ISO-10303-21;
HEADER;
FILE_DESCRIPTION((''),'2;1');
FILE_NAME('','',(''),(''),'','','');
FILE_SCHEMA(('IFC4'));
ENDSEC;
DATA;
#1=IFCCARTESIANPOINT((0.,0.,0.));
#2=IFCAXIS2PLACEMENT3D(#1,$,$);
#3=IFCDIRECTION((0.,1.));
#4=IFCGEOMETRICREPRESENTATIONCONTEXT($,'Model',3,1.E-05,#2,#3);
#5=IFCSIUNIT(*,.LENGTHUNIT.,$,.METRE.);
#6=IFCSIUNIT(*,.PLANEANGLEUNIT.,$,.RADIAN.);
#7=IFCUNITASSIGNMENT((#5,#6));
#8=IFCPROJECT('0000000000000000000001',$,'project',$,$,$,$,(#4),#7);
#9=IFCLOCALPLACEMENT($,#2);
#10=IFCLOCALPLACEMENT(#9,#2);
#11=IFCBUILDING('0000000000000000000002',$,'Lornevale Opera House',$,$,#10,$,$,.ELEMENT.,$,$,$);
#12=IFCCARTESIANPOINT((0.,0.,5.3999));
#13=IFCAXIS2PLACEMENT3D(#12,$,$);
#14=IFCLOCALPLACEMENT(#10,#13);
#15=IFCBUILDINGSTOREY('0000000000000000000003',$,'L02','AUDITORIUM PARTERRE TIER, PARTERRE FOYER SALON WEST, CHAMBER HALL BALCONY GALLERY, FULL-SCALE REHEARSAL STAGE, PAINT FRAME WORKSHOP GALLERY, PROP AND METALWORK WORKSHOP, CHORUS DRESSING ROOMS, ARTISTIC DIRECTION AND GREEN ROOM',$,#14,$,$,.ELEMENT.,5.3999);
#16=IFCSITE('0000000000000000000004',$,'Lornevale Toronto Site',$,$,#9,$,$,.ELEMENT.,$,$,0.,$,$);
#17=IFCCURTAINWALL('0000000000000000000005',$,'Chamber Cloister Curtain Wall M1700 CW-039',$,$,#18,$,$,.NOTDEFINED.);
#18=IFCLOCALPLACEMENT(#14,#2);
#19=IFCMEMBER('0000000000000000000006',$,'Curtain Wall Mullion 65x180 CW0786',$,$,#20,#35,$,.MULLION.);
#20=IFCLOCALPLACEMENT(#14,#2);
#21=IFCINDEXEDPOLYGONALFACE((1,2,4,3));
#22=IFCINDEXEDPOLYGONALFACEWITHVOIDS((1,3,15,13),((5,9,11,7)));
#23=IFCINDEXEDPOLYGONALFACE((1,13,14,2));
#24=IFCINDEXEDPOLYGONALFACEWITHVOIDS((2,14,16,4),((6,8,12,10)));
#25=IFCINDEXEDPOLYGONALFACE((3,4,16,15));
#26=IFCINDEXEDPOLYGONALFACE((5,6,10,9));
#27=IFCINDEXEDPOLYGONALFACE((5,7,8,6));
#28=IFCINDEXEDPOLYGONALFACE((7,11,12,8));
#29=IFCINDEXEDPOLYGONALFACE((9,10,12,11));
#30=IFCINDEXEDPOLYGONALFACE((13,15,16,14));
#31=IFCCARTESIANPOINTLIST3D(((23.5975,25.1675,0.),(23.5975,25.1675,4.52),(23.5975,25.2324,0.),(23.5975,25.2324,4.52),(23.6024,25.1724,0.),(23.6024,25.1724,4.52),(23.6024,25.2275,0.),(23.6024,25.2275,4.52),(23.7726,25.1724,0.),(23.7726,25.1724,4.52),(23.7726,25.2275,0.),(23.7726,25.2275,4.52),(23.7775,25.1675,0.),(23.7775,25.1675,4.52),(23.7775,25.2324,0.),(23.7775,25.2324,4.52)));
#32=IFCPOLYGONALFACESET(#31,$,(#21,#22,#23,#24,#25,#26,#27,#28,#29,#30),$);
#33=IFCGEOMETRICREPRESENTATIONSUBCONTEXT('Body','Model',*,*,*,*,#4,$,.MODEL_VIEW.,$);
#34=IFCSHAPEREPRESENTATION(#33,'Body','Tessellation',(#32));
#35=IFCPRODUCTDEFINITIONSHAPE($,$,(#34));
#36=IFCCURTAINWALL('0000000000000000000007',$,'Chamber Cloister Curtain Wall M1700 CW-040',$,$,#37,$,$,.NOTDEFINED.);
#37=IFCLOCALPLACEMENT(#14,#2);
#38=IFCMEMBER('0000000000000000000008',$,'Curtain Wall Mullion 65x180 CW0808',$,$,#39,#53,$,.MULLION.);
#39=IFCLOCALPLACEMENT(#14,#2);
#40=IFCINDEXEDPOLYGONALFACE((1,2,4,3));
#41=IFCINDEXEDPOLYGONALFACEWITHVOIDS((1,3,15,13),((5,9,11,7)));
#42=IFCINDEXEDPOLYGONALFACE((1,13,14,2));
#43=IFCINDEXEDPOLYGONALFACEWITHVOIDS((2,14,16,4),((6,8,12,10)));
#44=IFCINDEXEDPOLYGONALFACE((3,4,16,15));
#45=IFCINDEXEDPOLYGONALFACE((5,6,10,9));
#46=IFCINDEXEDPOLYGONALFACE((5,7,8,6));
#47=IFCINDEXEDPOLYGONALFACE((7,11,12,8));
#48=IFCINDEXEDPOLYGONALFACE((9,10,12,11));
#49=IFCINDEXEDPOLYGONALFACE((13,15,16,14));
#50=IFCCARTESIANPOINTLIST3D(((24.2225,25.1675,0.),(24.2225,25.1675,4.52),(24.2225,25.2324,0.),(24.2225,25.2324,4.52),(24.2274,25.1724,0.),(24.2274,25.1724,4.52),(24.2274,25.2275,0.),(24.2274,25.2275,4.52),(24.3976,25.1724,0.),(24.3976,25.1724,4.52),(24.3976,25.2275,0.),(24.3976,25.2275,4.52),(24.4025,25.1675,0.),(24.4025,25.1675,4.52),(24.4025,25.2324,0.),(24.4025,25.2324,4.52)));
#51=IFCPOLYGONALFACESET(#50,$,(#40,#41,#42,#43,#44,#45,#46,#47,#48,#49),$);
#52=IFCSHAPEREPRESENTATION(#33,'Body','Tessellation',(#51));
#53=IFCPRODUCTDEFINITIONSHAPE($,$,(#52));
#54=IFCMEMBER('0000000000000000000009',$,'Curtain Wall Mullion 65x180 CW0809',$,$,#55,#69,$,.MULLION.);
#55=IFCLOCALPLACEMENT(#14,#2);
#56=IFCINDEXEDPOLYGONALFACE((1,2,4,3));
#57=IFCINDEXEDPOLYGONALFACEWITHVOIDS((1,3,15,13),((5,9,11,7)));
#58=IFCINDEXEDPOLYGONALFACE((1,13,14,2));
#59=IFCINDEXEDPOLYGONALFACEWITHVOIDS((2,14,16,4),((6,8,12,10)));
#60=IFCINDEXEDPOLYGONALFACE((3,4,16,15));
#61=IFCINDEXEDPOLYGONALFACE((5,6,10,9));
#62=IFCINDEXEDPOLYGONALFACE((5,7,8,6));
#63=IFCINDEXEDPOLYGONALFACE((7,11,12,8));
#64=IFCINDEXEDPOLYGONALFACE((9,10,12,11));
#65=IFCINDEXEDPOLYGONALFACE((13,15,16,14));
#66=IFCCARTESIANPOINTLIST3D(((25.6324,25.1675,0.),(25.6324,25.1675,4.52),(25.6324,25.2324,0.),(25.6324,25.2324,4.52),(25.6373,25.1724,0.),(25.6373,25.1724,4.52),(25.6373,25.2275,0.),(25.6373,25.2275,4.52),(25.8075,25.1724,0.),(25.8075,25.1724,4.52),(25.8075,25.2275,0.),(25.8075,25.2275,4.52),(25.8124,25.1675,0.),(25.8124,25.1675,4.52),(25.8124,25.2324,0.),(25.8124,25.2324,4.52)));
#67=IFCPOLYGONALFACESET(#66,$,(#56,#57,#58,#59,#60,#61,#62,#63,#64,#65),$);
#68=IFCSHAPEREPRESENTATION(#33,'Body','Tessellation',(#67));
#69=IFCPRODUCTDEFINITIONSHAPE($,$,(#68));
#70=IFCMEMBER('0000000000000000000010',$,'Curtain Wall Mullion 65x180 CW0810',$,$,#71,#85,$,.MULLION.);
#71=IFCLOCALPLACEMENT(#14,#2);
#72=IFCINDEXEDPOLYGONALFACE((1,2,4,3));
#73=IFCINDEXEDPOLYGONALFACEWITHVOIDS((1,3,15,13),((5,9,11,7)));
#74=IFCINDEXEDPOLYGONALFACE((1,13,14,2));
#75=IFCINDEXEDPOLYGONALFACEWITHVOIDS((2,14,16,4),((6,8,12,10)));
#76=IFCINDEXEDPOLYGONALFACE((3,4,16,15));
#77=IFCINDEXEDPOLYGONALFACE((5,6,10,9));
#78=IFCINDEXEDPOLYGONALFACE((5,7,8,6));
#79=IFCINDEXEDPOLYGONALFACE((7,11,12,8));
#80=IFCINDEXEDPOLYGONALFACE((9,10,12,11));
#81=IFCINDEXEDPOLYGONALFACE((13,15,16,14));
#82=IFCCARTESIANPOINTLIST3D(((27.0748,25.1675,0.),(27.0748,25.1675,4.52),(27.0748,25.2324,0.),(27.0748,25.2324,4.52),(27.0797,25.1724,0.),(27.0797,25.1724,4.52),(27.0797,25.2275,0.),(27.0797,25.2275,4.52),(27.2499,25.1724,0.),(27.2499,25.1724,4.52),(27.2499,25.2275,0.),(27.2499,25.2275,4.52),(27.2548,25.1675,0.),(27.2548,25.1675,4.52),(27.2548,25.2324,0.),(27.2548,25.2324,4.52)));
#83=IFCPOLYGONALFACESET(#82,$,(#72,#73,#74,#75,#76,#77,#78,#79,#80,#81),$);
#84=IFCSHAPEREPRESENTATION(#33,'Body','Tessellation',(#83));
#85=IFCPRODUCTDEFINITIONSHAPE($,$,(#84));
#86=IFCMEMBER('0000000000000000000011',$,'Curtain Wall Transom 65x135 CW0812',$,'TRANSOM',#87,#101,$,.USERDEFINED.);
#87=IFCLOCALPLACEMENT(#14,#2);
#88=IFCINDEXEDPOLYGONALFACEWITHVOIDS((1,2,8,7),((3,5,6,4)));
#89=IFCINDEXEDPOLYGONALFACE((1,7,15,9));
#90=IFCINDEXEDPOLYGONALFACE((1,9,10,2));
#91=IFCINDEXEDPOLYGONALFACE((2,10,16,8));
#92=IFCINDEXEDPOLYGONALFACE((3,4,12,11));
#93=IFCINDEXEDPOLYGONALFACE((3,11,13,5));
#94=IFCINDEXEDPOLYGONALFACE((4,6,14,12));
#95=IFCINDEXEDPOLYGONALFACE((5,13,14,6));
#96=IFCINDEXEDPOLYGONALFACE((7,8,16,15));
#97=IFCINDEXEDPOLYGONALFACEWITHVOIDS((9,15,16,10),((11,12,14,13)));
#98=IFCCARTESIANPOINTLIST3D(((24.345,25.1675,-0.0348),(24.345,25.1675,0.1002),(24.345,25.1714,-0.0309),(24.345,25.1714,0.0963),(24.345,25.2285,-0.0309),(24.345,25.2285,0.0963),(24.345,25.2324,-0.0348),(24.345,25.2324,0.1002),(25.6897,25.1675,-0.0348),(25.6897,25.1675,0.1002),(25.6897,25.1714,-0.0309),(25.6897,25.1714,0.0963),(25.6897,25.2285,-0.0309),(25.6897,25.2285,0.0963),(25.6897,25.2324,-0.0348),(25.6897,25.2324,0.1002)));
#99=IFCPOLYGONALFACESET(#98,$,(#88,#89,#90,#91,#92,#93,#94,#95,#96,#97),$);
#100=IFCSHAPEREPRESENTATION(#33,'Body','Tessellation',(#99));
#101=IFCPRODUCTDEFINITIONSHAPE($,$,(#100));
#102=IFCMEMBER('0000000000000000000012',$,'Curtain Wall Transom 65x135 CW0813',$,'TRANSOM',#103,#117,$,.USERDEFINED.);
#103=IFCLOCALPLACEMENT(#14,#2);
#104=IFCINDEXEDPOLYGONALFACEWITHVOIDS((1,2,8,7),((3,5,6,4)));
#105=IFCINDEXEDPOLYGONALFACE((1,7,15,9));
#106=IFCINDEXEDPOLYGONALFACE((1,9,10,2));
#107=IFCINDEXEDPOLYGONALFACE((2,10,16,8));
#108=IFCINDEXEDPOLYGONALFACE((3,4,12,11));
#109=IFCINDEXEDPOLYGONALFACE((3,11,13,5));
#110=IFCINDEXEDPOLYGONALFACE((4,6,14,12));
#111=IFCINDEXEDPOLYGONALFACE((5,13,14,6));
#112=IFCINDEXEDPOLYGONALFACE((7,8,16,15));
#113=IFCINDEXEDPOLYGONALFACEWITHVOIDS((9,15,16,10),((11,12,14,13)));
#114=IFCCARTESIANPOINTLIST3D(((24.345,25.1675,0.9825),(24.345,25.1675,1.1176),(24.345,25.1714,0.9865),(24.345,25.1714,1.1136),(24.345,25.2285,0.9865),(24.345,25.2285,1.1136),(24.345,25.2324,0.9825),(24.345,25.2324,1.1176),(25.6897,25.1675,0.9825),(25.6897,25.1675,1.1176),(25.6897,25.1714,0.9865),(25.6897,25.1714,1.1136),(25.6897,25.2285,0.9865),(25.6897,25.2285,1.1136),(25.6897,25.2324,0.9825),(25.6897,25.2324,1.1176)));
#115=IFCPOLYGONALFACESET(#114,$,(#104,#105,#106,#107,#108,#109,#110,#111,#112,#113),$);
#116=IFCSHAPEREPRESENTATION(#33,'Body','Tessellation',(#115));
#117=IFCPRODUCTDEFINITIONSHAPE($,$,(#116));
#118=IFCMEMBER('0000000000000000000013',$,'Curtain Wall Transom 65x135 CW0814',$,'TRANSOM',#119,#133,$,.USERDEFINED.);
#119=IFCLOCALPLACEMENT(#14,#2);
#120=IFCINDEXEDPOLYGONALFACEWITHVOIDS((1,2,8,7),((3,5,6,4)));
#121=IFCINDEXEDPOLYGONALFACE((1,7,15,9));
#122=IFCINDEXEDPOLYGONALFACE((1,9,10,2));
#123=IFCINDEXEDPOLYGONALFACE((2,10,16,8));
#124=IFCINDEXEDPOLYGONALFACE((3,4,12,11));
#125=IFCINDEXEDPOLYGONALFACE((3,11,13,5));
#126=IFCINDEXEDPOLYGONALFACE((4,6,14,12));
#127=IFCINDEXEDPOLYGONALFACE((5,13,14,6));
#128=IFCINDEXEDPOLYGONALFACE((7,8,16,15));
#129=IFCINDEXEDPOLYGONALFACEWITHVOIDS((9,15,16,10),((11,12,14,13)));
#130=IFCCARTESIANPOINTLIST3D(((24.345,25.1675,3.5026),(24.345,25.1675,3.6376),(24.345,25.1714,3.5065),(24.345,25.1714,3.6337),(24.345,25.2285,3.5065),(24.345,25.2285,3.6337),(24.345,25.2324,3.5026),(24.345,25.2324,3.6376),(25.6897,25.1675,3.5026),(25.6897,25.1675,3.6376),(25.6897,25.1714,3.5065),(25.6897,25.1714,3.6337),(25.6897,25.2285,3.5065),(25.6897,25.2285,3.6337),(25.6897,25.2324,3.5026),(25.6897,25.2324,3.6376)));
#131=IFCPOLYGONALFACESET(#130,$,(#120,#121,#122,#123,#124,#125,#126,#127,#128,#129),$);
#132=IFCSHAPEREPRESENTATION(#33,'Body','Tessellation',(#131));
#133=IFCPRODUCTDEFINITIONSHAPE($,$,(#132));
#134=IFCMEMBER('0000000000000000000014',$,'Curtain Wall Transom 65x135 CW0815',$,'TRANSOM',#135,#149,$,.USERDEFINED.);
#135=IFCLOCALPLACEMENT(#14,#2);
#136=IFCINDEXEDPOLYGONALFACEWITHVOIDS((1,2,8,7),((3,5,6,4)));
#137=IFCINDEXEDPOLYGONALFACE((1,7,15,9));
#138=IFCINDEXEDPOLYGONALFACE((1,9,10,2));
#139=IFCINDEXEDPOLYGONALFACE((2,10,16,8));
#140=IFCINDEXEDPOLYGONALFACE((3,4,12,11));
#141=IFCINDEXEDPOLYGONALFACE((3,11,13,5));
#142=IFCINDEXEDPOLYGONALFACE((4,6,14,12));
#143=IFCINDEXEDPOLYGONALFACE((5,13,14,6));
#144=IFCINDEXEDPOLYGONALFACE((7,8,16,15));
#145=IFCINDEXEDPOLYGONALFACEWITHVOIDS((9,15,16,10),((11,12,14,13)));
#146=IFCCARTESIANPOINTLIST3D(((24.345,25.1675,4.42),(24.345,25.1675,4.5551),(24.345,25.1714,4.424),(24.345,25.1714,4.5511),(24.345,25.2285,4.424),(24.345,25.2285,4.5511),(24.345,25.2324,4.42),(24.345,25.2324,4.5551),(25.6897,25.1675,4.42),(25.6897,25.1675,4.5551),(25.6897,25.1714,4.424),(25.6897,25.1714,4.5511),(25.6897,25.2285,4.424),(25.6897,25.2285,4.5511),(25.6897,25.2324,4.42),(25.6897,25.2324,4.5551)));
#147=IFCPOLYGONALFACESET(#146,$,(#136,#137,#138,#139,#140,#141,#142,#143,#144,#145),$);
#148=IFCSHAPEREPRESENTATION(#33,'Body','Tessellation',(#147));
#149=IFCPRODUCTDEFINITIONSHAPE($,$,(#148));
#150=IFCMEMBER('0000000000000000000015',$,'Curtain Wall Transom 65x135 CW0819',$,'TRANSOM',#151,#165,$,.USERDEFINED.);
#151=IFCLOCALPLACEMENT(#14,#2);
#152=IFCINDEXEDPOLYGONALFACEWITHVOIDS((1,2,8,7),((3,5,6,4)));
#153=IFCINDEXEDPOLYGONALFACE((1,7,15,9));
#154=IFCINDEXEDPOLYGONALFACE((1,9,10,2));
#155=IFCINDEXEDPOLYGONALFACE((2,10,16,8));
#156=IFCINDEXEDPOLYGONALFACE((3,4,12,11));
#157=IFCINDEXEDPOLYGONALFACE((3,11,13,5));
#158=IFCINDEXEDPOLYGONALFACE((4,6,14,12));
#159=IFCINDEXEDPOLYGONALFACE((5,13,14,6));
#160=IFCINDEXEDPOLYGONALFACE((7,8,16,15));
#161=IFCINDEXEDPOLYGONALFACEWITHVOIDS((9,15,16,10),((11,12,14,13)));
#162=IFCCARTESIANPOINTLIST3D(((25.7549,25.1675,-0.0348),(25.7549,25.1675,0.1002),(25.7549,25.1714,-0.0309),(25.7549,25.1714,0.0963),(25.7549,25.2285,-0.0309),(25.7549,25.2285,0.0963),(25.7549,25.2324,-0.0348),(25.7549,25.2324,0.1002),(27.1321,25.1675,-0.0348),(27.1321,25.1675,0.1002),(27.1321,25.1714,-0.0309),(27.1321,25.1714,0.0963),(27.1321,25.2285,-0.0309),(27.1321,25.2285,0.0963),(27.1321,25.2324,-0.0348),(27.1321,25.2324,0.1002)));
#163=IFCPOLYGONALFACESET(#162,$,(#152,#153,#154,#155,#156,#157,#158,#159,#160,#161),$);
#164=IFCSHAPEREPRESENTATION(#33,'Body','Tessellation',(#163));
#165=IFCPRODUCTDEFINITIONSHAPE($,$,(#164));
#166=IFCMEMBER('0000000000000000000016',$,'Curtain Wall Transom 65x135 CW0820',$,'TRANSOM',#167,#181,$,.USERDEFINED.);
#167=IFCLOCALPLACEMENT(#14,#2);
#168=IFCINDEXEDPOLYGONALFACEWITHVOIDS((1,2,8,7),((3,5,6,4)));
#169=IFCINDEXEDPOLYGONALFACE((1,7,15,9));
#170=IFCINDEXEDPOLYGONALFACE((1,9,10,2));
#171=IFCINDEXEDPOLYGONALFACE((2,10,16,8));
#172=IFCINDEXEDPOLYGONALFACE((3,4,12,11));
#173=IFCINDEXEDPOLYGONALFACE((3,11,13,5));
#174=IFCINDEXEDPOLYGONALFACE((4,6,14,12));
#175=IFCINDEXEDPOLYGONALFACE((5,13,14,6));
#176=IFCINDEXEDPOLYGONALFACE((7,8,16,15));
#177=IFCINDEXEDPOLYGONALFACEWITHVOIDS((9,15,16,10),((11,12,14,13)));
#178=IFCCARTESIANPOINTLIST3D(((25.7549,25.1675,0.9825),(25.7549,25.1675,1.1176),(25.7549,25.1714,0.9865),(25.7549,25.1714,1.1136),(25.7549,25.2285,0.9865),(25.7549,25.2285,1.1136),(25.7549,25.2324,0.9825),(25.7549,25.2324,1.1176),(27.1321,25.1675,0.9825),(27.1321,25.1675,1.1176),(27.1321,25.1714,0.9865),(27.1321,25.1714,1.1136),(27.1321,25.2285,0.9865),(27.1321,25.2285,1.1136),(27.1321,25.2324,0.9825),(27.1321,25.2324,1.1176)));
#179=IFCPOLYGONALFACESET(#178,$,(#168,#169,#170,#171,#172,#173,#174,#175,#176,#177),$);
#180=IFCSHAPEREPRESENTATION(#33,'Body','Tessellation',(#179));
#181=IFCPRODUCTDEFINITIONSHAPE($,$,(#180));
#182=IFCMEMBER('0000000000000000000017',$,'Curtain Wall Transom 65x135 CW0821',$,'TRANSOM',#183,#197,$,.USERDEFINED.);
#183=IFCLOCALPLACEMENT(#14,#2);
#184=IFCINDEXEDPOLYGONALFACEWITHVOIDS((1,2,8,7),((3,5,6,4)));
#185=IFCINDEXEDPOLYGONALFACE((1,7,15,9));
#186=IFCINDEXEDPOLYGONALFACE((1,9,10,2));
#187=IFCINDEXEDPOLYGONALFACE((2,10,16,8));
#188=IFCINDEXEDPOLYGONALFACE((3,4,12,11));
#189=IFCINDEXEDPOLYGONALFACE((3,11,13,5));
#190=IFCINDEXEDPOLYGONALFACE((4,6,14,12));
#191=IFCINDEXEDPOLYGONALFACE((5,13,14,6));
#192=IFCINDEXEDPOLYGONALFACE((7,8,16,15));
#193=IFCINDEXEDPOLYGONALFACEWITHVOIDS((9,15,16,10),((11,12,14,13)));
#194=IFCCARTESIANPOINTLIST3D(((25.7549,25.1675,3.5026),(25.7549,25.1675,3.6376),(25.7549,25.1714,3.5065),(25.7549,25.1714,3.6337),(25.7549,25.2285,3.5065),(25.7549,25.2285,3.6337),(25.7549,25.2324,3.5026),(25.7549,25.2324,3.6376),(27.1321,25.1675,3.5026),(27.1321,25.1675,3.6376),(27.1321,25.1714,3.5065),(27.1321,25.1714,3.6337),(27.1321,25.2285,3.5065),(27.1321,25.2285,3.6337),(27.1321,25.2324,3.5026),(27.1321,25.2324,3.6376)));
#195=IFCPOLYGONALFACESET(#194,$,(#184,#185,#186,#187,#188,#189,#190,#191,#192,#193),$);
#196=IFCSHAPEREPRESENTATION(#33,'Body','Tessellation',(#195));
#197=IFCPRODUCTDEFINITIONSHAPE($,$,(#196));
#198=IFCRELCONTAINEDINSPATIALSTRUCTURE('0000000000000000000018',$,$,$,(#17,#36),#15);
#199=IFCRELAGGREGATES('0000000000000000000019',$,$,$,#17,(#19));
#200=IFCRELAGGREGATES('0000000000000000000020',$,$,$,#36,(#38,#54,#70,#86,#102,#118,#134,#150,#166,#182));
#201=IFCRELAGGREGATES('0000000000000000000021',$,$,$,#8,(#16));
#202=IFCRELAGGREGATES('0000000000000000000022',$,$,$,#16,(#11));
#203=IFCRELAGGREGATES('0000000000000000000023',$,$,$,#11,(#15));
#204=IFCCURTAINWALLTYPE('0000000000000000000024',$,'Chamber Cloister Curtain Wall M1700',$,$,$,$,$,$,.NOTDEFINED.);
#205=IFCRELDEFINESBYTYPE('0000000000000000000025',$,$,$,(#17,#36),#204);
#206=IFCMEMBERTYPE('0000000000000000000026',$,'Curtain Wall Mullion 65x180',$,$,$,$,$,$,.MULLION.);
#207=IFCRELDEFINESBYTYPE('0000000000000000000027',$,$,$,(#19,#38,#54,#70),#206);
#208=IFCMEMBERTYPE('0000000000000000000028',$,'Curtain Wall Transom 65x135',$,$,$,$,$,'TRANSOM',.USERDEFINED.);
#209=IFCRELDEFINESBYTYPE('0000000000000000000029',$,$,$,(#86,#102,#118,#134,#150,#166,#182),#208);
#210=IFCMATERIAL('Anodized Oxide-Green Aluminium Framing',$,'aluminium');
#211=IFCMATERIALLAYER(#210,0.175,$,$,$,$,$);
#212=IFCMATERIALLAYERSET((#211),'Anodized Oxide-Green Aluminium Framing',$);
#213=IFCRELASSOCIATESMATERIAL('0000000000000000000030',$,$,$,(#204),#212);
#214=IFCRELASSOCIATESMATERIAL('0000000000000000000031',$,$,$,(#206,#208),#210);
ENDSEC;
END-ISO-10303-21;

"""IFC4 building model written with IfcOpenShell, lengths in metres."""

from ifc_helpers import new_model, si_unit, direction, frame, origin, origin_2d, place, context, subcontext, project, spatial, hollow_rectangle, extrude, material, layer, layer_set, material_profile, profile_set, type_object, element, aggregate, save


model = new_model("IFC4")

# Units and contexts
model_context = context("Model", 3, precision=1e-05, world=origin(), true_north=direction((0.0, 1.0)))
body_context = subcontext(model_context, "Body", "Model", "MODEL_VIEW")
ifc_project = project(units=[si_unit("LENGTHUNIT", "METRE"), si_unit("PLANEANGLEUNIT", "RADIAN")], contexts=[model_context])

# Site, building, storey
site_placement = place(None, origin())
site = spatial("IfcSite", under=ifc_project, at=site_placement, Name="Lornevale Toronto Site", CompositionType="ELEMENT", RefElevation=0.0)
building_placement = place(site_placement, origin())
building = spatial("IfcBuilding", under=site, at=building_placement, Name="Lornevale Opera House", CompositionType="ELEMENT")
storey_placement = place(building_placement, frame((0.0, 0.0, 5.3999)))
storey = spatial("IfcBuildingStorey", under=building, at=storey_placement, Name="L02", Description="AUDITORIUM PARTERRE TIER, PARTERRE FOYER SALON WEST, CHAMBER HALL BALCONY GALLERY, FULL-SCALE REHEARSAL STAGE, PAINT FRAME WORKSHOP GALLERY, PROP AND METALWORK WORKSHOP, CHORUS DRESSING ROOMS, ARTISTIC DIRECTION AND GREEN ROOM", CompositionType="ELEMENT", Elevation=5.3999)

# Curtain wall, member
ifc_material_1 = material(Name="Anodized Oxide-Green Aluminium Framing", Category="aluminium")
ifc_layer_1 = layer(ifc_material_1, 0.175)
ifc_layer_set_1 = layer_set([ifc_layer_1], Name="Anodized Oxide-Green Aluminium Framing")
curtain_wall_type = type_object("IfcCurtainWallType", Name="Chamber Cloister Curtain Wall M1700", PredefinedType="NOTDEFINED", material=ifc_layer_set_1)
curtain_wall_1_placement = place(storey_placement, origin())
curtain_wall_1 = element("IfcCurtainWall", 1, at=curtain_wall_1_placement, inside=storey, type_object=curtain_wall_type, Name="Chamber Cloister Curtain Wall M1700 CW-039", PredefinedType="NOTDEFINED")
ifc_material_profile_1 = material_profile(ifc_material_1, hollow_rectangle(XDim=0.0649, YDim=0.1799, WallThickness=0.0049, at=origin_2d()), Name="ALU65x180x5")
ifc_profile_set_1 = profile_set([ifc_material_profile_1], Name="Anodized Oxide-Green Aluminium Framing")
member_type_1 = type_object("IfcMemberType", Name="Curtain Wall Mullion 65x180", PredefinedType="MULLION", material=ifc_profile_set_1)
member_1_placement = place(storey_placement, frame((23.6875, 25.2, 0.0), z_axis=(0.0, 0.0, 1.0), x_axis=(0.0, 1.0, 0.0)))
member_1 = element("IfcMember", 2, at=member_1_placement, type_object=member_type_1, Name="Curtain Wall Mullion 65x180 CW0786", PredefinedType="MULLION", context=body_context, shape_type="SweptSolid", body=[
    extrude(hollow_rectangle(XDim=0.0649, YDim=0.1799, WallThickness=0.0049, at=origin_2d()), origin(), (0.0, 0.0, 1.0), 4.52),
])

# Curtain wall, members
curtain_wall_2_placement = place(storey_placement, origin())
curtain_wall_2 = element("IfcCurtainWall", 3, at=curtain_wall_2_placement, inside=storey, type_object=curtain_wall_type, Name="Chamber Cloister Curtain Wall M1700 CW-040", PredefinedType="NOTDEFINED")
member_2_placement = place(storey_placement, frame((24.3125, 25.2, 0.0), z_axis=(0.0, 0.0, 1.0), x_axis=(0.0, 1.0, 0.0)))
member_2 = element("IfcMember", 4, at=member_2_placement, type_object=member_type_1, Name="Curtain Wall Mullion 65x180 CW0808", PredefinedType="MULLION", context=body_context, shape_type="SweptSolid", body=[
    extrude(hollow_rectangle(XDim=0.0649, YDim=0.1799, WallThickness=0.0049, at=origin_2d()), origin(), (0.0, 0.0, 1.0), 4.52),
])
member_3_placement = place(storey_placement, frame((25.7224, 25.2, 0.0), z_axis=(0.0, 0.0, 1.0), x_axis=(0.0, 1.0, 0.0)))
member_3 = element("IfcMember", 5, at=member_3_placement, type_object=member_type_1, Name="Curtain Wall Mullion 65x180 CW0809", PredefinedType="MULLION", context=body_context, shape_type="SweptSolid", body=[
    extrude(hollow_rectangle(XDim=0.0649, YDim=0.1799, WallThickness=0.0049, at=origin_2d()), origin(), (0.0, 0.0, 1.0), 4.52),
])
member_4_placement = place(storey_placement, frame((27.1648, 25.2, 0.0), z_axis=(0.0, 0.0, 1.0), x_axis=(0.0, 1.0, 0.0)))
member_4 = element("IfcMember", 6, at=member_4_placement, type_object=member_type_1, Name="Curtain Wall Mullion 65x180 CW0810", PredefinedType="MULLION", context=body_context, shape_type="SweptSolid", body=[
    extrude(hollow_rectangle(XDim=0.0649, YDim=0.1799, WallThickness=0.0049, at=origin_2d()), origin(), (0.0, 0.0, 1.0), 4.52),
])
ifc_material_profile_2 = material_profile(ifc_material_1, hollow_rectangle(XDim=0.0649, YDim=0.135, WallThickness=0.0039, at=origin_2d()), Name="ALU65x135x4")
ifc_profile_set_2 = profile_set([ifc_material_profile_2], Name="Anodized Oxide-Green Aluminium Framing")
member_type_2 = type_object("IfcMemberType", Name="Curtain Wall Transom 65x135", ElementType="TRANSOM", PredefinedType="USERDEFINED", material=ifc_profile_set_2)
member_5_placement = place(storey_placement, frame((24.345, 25.2, 0.0327), z_axis=(1.0, 0.0, 0.0), x_axis=(0.0, 1.0, 0.0)))
member_5 = element("IfcMember", 7, at=member_5_placement, type_object=member_type_2, Name="Curtain Wall Transom 65x135 CW0812", ObjectType="TRANSOM", PredefinedType="USERDEFINED", context=body_context, shape_type="SweptSolid", body=[
    extrude(hollow_rectangle(XDim=0.0649, YDim=0.135, WallThickness=0.0039, at=origin_2d()), origin(), (0.0, 0.0, 1.0), 1.3447),
])
member_6_placement = place(storey_placement, frame((24.345, 25.2, 1.05), z_axis=(1.0, 0.0, 0.0), x_axis=(0.0, 1.0, 0.0)))
member_6 = element("IfcMember", 8, at=member_6_placement, type_object=member_type_2, Name="Curtain Wall Transom 65x135 CW0813", ObjectType="TRANSOM", PredefinedType="USERDEFINED", context=body_context, shape_type="SweptSolid", body=[
    extrude(hollow_rectangle(XDim=0.0649, YDim=0.135, WallThickness=0.0039, at=origin_2d()), origin(), (0.0, 0.0, 1.0), 1.3447),
])
member_7_placement = place(storey_placement, frame((24.345, 25.2, 3.5701), z_axis=(1.0, 0.0, 0.0), x_axis=(0.0, 1.0, 0.0)))
member_7 = element("IfcMember", 9, at=member_7_placement, type_object=member_type_2, Name="Curtain Wall Transom 65x135 CW0814", ObjectType="TRANSOM", PredefinedType="USERDEFINED", context=body_context, shape_type="SweptSolid", body=[
    extrude(hollow_rectangle(XDim=0.0649, YDim=0.135, WallThickness=0.0039, at=origin_2d()), origin(), (0.0, 0.0, 1.0), 1.3447),
])
member_8_placement = place(storey_placement, frame((24.345, 25.2, 4.4875), z_axis=(1.0, 0.0, 0.0), x_axis=(0.0, 1.0, 0.0)))
member_8 = element("IfcMember", 10, at=member_8_placement, type_object=member_type_2, Name="Curtain Wall Transom 65x135 CW0815", ObjectType="TRANSOM", PredefinedType="USERDEFINED", context=body_context, shape_type="SweptSolid", body=[
    extrude(hollow_rectangle(XDim=0.0649, YDim=0.135, WallThickness=0.0039, at=origin_2d()), origin(), (0.0, 0.0, 1.0), 1.3447),
])
member_9_placement = place(storey_placement, frame((25.7549, 25.2, 0.0327), z_axis=(1.0, 0.0, 0.0), x_axis=(0.0, 1.0, 0.0)))
member_9 = element("IfcMember", 11, at=member_9_placement, type_object=member_type_2, Name="Curtain Wall Transom 65x135 CW0819", ObjectType="TRANSOM", PredefinedType="USERDEFINED", context=body_context, shape_type="SweptSolid", body=[
    extrude(hollow_rectangle(XDim=0.0649, YDim=0.135, WallThickness=0.0039, at=origin_2d()), origin(), (0.0, 0.0, 1.0), 1.3772),
])
member_10_placement = place(storey_placement, frame((25.7549, 25.2, 1.05), z_axis=(1.0, 0.0, 0.0), x_axis=(0.0, 1.0, 0.0)))
member_10 = element("IfcMember", 12, at=member_10_placement, type_object=member_type_2, Name="Curtain Wall Transom 65x135 CW0820", ObjectType="TRANSOM", PredefinedType="USERDEFINED", context=body_context, shape_type="SweptSolid", body=[
    extrude(hollow_rectangle(XDim=0.0649, YDim=0.135, WallThickness=0.0039, at=origin_2d()), origin(), (0.0, 0.0, 1.0), 1.3772),
])
member_11_placement = place(storey_placement, frame((25.7549, 25.2, 3.5701), z_axis=(1.0, 0.0, 0.0), x_axis=(0.0, 1.0, 0.0)))
member_11 = element("IfcMember", 13, at=member_11_placement, type_object=member_type_2, Name="Curtain Wall Transom 65x135 CW0821", ObjectType="TRANSOM", PredefinedType="USERDEFINED", context=body_context, shape_type="SweptSolid", body=[
    extrude(hollow_rectangle(XDim=0.0649, YDim=0.135, WallThickness=0.0039, at=origin_2d()), origin(), (0.0, 0.0, 1.0), 1.3772),
])

aggregate(curtain_wall_1, [member_1])
aggregate(curtain_wall_2, [member_2, member_3, member_4, member_5, member_6, member_7, member_8, member_9, member_10, member_11])

save(model, "model.ifc")
